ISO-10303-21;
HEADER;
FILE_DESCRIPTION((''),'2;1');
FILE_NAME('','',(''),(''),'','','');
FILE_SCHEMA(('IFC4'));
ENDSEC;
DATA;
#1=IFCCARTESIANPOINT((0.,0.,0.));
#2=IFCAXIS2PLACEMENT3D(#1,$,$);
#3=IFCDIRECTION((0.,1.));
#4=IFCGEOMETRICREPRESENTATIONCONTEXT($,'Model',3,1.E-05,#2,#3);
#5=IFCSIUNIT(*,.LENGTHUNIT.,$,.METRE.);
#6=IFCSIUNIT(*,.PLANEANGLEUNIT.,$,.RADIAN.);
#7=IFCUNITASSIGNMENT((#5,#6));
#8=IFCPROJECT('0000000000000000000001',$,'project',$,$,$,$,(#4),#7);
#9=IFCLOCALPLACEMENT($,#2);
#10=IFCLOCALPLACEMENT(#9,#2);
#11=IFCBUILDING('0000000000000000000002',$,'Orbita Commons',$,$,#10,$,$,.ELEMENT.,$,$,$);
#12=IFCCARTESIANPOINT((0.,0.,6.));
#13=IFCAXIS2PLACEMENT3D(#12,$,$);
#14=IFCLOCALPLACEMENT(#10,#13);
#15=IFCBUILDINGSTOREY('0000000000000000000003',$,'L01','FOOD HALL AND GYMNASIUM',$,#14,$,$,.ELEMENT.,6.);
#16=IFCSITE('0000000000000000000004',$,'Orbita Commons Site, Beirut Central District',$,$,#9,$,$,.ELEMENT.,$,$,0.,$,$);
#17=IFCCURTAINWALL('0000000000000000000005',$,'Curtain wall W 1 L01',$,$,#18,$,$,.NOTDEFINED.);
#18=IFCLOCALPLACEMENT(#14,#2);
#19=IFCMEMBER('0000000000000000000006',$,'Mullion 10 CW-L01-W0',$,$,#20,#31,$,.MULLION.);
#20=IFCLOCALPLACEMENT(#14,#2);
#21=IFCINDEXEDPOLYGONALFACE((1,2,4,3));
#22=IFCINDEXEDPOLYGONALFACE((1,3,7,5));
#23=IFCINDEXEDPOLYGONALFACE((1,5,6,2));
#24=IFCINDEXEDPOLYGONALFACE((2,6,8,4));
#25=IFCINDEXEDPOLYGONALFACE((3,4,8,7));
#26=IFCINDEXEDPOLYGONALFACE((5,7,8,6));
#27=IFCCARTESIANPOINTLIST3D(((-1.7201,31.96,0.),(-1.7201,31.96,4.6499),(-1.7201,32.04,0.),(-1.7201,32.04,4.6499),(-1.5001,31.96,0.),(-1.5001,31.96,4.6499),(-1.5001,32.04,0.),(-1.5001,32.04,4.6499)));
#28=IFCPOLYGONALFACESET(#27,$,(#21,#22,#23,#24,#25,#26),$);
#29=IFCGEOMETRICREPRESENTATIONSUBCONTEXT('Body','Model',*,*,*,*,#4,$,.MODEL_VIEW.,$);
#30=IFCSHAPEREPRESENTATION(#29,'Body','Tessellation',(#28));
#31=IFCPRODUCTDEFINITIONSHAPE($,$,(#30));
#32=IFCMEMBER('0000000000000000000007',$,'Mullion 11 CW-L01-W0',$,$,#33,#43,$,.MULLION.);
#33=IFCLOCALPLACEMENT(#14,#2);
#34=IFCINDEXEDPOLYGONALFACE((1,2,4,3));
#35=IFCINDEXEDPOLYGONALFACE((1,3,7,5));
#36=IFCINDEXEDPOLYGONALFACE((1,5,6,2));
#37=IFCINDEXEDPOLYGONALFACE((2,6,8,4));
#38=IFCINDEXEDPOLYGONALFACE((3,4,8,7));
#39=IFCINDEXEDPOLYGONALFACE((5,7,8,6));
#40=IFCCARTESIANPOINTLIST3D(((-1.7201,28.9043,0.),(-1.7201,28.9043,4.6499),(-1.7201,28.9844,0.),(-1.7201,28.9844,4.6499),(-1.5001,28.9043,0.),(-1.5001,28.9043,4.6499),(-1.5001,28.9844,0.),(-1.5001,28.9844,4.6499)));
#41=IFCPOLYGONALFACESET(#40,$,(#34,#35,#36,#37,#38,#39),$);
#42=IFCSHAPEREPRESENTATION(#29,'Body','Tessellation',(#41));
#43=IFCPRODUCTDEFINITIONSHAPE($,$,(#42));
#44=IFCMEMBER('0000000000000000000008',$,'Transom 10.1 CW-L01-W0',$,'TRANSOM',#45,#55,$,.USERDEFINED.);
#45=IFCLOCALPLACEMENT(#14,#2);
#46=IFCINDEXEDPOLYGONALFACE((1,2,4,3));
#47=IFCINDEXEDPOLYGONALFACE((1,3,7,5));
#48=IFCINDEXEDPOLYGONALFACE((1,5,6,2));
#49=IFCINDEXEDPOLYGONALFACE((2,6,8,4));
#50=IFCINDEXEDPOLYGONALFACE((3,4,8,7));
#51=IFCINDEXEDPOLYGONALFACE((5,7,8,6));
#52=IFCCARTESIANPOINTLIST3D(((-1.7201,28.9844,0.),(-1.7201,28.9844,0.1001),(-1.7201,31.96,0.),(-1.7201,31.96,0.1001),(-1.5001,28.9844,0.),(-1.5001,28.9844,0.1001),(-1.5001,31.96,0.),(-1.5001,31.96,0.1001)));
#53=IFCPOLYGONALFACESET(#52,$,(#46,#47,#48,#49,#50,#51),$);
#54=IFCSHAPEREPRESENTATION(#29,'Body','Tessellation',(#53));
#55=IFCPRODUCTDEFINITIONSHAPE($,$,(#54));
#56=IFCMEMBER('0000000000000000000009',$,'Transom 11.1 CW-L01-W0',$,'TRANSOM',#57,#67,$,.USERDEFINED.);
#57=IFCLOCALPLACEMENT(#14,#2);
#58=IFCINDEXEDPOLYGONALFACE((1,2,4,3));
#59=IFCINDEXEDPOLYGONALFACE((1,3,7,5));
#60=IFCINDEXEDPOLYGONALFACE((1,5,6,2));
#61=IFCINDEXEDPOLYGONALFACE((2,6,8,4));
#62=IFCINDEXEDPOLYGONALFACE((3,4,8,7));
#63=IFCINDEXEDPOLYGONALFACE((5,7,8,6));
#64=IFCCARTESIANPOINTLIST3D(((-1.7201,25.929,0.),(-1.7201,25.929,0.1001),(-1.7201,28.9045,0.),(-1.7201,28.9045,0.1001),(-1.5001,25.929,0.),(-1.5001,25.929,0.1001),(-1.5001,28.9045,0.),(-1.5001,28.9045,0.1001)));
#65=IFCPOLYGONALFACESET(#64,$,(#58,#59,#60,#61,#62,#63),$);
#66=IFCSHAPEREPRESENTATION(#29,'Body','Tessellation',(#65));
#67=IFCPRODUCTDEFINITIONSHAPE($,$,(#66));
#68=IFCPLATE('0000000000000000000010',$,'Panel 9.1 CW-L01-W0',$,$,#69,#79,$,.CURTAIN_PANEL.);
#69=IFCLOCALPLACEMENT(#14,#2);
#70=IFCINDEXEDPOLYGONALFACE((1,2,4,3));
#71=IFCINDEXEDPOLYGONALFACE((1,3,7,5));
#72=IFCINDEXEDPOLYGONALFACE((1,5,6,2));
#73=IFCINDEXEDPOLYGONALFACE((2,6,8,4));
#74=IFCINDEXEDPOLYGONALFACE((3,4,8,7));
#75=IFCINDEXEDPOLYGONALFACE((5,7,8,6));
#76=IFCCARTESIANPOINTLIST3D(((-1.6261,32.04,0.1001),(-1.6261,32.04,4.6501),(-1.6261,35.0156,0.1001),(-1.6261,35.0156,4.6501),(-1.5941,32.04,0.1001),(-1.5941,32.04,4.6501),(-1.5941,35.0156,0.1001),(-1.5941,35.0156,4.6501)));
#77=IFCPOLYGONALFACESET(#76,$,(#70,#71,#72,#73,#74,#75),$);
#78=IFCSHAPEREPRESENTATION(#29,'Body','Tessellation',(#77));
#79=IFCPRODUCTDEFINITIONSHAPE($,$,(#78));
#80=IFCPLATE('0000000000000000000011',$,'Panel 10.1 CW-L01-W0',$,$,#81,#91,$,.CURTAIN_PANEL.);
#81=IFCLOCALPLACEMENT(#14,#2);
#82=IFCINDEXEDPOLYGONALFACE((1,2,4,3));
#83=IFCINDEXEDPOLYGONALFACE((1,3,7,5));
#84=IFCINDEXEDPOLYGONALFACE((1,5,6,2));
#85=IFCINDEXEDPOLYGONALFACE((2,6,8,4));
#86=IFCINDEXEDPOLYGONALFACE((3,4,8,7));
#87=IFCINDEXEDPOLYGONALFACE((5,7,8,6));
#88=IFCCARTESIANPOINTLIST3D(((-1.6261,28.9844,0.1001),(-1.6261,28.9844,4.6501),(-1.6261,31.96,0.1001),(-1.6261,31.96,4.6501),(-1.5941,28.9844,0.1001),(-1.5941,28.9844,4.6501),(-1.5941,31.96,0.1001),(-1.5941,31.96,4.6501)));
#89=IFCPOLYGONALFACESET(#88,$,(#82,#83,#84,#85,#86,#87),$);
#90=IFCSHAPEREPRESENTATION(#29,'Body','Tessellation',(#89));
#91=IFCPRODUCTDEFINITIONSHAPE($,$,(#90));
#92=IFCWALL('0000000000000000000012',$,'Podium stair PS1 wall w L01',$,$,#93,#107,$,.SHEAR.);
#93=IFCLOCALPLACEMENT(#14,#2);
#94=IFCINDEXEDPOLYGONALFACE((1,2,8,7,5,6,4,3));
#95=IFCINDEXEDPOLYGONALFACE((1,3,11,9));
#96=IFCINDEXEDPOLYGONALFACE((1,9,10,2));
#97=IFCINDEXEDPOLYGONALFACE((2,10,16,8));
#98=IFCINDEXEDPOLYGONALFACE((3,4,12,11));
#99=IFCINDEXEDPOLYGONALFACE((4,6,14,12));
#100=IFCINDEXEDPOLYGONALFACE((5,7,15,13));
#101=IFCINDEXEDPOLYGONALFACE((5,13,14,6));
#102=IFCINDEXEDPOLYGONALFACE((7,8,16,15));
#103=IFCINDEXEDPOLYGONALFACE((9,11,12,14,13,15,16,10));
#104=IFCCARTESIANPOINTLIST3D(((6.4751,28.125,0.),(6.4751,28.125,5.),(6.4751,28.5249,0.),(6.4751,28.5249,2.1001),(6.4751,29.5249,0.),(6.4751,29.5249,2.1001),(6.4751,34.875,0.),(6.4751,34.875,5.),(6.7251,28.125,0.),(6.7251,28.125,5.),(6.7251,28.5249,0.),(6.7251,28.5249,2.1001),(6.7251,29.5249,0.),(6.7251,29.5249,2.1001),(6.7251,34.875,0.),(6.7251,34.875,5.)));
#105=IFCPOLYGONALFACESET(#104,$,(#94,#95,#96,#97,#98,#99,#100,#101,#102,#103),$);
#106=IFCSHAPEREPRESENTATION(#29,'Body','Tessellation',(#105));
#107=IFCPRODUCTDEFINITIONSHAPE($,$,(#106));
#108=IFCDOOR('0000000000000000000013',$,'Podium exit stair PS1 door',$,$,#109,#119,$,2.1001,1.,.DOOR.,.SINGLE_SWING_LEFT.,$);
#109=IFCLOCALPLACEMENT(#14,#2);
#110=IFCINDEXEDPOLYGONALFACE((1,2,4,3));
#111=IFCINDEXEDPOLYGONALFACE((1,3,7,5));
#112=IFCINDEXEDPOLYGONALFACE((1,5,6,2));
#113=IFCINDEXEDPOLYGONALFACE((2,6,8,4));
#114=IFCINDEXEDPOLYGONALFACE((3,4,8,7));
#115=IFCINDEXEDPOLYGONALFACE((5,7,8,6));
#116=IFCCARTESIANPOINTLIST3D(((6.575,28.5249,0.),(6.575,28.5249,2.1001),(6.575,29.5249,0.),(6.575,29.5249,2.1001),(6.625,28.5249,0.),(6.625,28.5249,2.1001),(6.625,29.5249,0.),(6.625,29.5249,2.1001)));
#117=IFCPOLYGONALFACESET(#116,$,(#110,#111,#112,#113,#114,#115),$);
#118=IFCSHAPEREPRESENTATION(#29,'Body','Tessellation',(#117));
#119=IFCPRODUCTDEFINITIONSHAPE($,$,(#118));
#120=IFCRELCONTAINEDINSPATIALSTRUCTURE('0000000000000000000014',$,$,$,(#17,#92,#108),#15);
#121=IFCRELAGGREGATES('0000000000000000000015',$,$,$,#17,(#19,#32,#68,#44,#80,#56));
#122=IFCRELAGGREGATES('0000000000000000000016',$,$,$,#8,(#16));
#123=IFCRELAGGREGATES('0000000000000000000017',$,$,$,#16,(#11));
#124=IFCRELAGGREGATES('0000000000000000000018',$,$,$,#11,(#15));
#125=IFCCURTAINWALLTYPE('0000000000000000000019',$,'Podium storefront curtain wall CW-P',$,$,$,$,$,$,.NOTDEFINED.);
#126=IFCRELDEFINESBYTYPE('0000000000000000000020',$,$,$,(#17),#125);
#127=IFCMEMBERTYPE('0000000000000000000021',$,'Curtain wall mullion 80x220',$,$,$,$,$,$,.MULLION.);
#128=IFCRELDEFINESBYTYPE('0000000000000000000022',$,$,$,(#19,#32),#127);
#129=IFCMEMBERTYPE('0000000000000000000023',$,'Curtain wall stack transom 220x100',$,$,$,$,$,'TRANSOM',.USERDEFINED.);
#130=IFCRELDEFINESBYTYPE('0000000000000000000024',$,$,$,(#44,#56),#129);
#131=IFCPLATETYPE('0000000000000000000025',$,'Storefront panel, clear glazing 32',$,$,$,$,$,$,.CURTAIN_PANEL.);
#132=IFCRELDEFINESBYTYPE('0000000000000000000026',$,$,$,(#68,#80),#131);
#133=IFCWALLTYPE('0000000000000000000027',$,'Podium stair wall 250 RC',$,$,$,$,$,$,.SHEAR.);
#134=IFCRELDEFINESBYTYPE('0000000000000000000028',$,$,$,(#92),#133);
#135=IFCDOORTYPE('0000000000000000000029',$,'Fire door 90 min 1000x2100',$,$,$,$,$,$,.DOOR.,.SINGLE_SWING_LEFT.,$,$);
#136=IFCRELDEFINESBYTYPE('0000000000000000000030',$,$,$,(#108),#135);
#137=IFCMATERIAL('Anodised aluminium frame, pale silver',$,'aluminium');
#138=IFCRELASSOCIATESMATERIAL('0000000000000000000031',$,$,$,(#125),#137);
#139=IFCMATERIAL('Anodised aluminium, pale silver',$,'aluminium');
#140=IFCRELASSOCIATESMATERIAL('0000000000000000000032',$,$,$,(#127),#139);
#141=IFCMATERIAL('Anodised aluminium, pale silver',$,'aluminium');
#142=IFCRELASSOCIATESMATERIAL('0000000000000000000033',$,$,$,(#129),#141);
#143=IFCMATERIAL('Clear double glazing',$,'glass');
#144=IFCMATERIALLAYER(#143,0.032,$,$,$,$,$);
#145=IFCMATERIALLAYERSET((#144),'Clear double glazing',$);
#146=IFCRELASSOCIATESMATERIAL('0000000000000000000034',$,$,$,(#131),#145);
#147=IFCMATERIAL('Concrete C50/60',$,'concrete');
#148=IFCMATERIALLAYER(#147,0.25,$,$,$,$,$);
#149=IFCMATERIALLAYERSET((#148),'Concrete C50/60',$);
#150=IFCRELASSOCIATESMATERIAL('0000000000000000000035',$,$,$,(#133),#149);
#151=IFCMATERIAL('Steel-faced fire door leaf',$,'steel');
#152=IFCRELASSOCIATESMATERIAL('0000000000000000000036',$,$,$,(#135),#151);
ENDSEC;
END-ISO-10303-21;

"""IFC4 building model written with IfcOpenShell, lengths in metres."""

from ifc_helpers import new_model, si_unit, direction, frame, frame_2d, origin, origin_2d, place, context, subcontext, project, spatial, rectangle, extrude, material, layer, layer_set, material_profile, profile_set, type_object, element, fill, aggregate, save


model = new_model("IFC4")

# Units and contexts
model_context = context("Model", 3, precision=1e-05, world=origin(), true_north=direction((0.0, 1.0)))
body_context = subcontext(model_context, "Body", "Model", "MODEL_VIEW")
ifc_project = project(units=[si_unit("LENGTHUNIT", "METRE"), si_unit("PLANEANGLEUNIT", "RADIAN")], contexts=[model_context])

# Site, building, storey
site_placement = place(None, origin())
site = spatial("IfcSite", under=ifc_project, at=site_placement, Name="Orbita Commons Site, Beirut Central District", CompositionType="ELEMENT", RefElevation=0.0)
building_placement = place(site_placement, origin())
building = spatial("IfcBuilding", under=site, at=building_placement, Name="Orbita Commons", CompositionType="ELEMENT")
storey_placement = place(building_placement, frame((0.0, 0.0, 6.0)))
storey = spatial("IfcBuildingStorey", under=building, at=storey_placement, Name="L01", Description="FOOD HALL AND GYMNASIUM", CompositionType="ELEMENT", Elevation=6.0)

# Curtain wall, members, plates
ifc_material_1 = material(Name="Anodised aluminium frame, pale silver", Category="aluminium")
curtain_wall_type = type_object("IfcCurtainWallType", Name="Podium storefront curtain wall CW-P", PredefinedType="NOTDEFINED", material=ifc_material_1)
curtain_wall_placement = place(storey_placement, origin())
curtain_wall = element("IfcCurtainWall", 1, at=curtain_wall_placement, inside=storey, type_object=curtain_wall_type, Name="Curtain wall W 1 L01", PredefinedType="NOTDEFINED")
ifc_material_2 = material(Name="Anodised aluminium, pale silver", Category="aluminium")
ifc_material_profile_1 = material_profile(ifc_material_2, rectangle(XDim=0.0801, YDim=0.22, at=origin_2d()), Name="AL 80x220")
ifc_profile_set_1 = profile_set([ifc_material_profile_1], Name="Anodised aluminium, pale silver")
member_type_1 = type_object("IfcMemberType", Name="Curtain wall mullion 80x220", PredefinedType="MULLION", material=ifc_profile_set_1)
member_1_placement = place(storey_placement, frame((-1.6101, 32.0, 0.0), z_axis=(0.0, 0.0, 1.0), x_axis=(0.0, -1.0, 0.0)))
member_1 = element("IfcMember", 2, at=member_1_placement, type_object=member_type_1, Name="Mullion 10 CW-L01-W0", PredefinedType="MULLION", context=body_context, shape_type="SweptSolid", body=[
    extrude(rectangle(XDim=0.0801, YDim=0.22, at=origin_2d()), origin(), (0.0, 0.0, 1.0), 4.6499),
])
member_2_placement = place(storey_placement, frame((-1.6101, 28.9443, 0.0), z_axis=(0.0, 0.0, 1.0), x_axis=(0.0, -1.0, 0.0)))
member_2 = element("IfcMember", 3, at=member_2_placement, type_object=member_type_1, Name="Mullion 11 CW-L01-W0", PredefinedType="MULLION", context=body_context, shape_type="SweptSolid", body=[
    extrude(rectangle(XDim=0.0801, YDim=0.22, at=origin_2d()), origin(), (0.0, 0.0, 1.0), 4.6499),
])
ifc_material_3 = material(Name="Anodised aluminium, pale silver", Category="aluminium")
ifc_material_profile_2 = material_profile(ifc_material_3, rectangle(XDim=0.22, YDim=0.1001, at=origin_2d()), Name="AL 220x100")
ifc_profile_set_2 = profile_set([ifc_material_profile_2], Name="Anodised aluminium, pale silver")
member_type_2 = type_object("IfcMemberType", Name="Curtain wall stack transom 220x100", ElementType="TRANSOM", PredefinedType="USERDEFINED", material=ifc_profile_set_2)
member_3_placement = place(storey_placement, frame((-1.6101, 31.96, 0.05), z_axis=(0.0, -1.0, 0.0), x_axis=(1.0, 0.0, 0.0)))
member_3 = element("IfcMember", 4, at=member_3_placement, type_object=member_type_2, Name="Transom 10.1 CW-L01-W0", ObjectType="TRANSOM", PredefinedType="USERDEFINED", context=body_context, shape_type="SweptSolid", body=[
    extrude(rectangle(XDim=0.22, YDim=0.1001, at=origin_2d()), origin(), (0.0, 0.0, 1.0), 2.9756),
])
member_4_placement = place(storey_placement, frame((-1.6101, 28.9045, 0.05), z_axis=(0.0, -1.0, 0.0), x_axis=(1.0, 0.0, 0.0)))
member_4 = element("IfcMember", 5, at=member_4_placement, type_object=member_type_2, Name="Transom 11.1 CW-L01-W0", ObjectType="TRANSOM", PredefinedType="USERDEFINED", context=body_context, shape_type="SweptSolid", body=[
    extrude(rectangle(XDim=0.22, YDim=0.1001, at=origin_2d()), origin(), (0.0, 0.0, 1.0), 2.9756),
])
ifc_material_4 = material(Name="Clear double glazing", Category="glass")
ifc_layer_1 = layer(ifc_material_4, 0.032)
ifc_layer_set_1 = layer_set([ifc_layer_1], Name="Clear double glazing")
plate_type = type_object("IfcPlateType", Name="Storefront panel, clear glazing 32", PredefinedType="CURTAIN_PANEL", material=ifc_layer_set_1)
plate_1_placement = place(storey_placement, frame((-1.6101, 33.5278, 0.1001), z_axis=(0.0, 0.0, 1.0), x_axis=(0.0, -1.0, 0.0)))
plate_1 = element("IfcPlate", 6, at=plate_1_placement, type_object=plate_type, Name="Panel 9.1 CW-L01-W0", PredefinedType="CURTAIN_PANEL", context=body_context, shape_type="SweptSolid", body=[
    extrude(rectangle(XDim=2.9756, YDim=0.032, at=origin_2d()), origin(), (0.0, 0.0, 1.0), 4.55),
])
plate_2_placement = place(storey_placement, frame((-1.6101, 30.4722, 0.1001), z_axis=(0.0, 0.0, 1.0), x_axis=(0.0, -1.0, 0.0)))
plate_2 = element("IfcPlate", 7, at=plate_2_placement, type_object=plate_type, Name="Panel 10.1 CW-L01-W0", PredefinedType="CURTAIN_PANEL", context=body_context, shape_type="SweptSolid", body=[
    extrude(rectangle(XDim=2.9756, YDim=0.032, at=origin_2d()), origin(), (0.0, 0.0, 1.0), 4.55),
])
aggregate(curtain_wall, [member_1, member_2, plate_1, member_3, plate_2, member_4])

# Wall, opening, door
ifc_material_5 = material(Name="Concrete C50/60", Category="concrete")
ifc_layer_2 = layer(ifc_material_5, 0.25)
ifc_layer_set_2 = layer_set([ifc_layer_2], Name="Concrete C50/60")
wall_type = type_object("IfcWallType", Name="Podium stair wall 250 RC", PredefinedType="SHEAR", material=ifc_layer_set_2)
wall_placement = place(storey_placement, frame((6.6001, 34.875, 0.0), z_axis=(0.0, 0.0, 1.0), x_axis=(0.0, -1.0, 0.0)))
wall = element("IfcWall", 8, at=wall_placement, inside=storey, type_object=wall_type, Name="Podium stair PS1 wall w L01", PredefinedType="SHEAR", context=body_context, shape_type="SweptSolid", body=[
    extrude(rectangle(XDim=6.75, YDim=0.25, at=frame_2d((3.375, 0.0))), origin(), (0.0, 0.0, 1.0), 5.0),
])
opening_placement = place(wall_placement, frame((5.3501, 0.0, 0.0)))
opening = element("IfcOpeningElement", 9, at=opening_placement, cuts=wall, PredefinedType="OPENING", context=body_context, shape_type="SweptSolid", body=[
    extrude(rectangle(XDim=1.0, YDim=2.1001, at=frame_2d((0.5, 1.05))), frame((0.0, 0.135, 0.0), z_axis=(0.0, -1.0, 0.0), x_axis=(1.0, 0.0, 0.0)), (0.0, 0.0, 1.0), 0.27),
])
ifc_material_6 = material(Name="Steel-faced fire door leaf", Category="steel")
door_type = type_object("IfcDoorType", Name="Fire door 90 min 1000x2100", OperationType="SINGLE_SWING_LEFT", PredefinedType="DOOR", material=ifc_material_6)
door_placement = place(opening_placement, origin())
door = element("IfcDoor", 10, at=door_placement, inside=storey, type_object=door_type, Name="Podium exit stair PS1 door", OperationType="SINGLE_SWING_LEFT", OverallHeight=2.1001, OverallWidth=1.0, PredefinedType="DOOR", context=body_context, shape_type="SweptSolid", body=[
    extrude(rectangle(XDim=1.0, YDim=2.1001, at=frame_2d((0.5, 1.05))), frame((0.0, 0.0249, 0.0), z_axis=(0.0, -1.0, 0.0), x_axis=(1.0, 0.0, 0.0)), (0.0, 0.0, 1.0), 0.05),
])
fill(opening, door)

save(model, "model.ifc")
